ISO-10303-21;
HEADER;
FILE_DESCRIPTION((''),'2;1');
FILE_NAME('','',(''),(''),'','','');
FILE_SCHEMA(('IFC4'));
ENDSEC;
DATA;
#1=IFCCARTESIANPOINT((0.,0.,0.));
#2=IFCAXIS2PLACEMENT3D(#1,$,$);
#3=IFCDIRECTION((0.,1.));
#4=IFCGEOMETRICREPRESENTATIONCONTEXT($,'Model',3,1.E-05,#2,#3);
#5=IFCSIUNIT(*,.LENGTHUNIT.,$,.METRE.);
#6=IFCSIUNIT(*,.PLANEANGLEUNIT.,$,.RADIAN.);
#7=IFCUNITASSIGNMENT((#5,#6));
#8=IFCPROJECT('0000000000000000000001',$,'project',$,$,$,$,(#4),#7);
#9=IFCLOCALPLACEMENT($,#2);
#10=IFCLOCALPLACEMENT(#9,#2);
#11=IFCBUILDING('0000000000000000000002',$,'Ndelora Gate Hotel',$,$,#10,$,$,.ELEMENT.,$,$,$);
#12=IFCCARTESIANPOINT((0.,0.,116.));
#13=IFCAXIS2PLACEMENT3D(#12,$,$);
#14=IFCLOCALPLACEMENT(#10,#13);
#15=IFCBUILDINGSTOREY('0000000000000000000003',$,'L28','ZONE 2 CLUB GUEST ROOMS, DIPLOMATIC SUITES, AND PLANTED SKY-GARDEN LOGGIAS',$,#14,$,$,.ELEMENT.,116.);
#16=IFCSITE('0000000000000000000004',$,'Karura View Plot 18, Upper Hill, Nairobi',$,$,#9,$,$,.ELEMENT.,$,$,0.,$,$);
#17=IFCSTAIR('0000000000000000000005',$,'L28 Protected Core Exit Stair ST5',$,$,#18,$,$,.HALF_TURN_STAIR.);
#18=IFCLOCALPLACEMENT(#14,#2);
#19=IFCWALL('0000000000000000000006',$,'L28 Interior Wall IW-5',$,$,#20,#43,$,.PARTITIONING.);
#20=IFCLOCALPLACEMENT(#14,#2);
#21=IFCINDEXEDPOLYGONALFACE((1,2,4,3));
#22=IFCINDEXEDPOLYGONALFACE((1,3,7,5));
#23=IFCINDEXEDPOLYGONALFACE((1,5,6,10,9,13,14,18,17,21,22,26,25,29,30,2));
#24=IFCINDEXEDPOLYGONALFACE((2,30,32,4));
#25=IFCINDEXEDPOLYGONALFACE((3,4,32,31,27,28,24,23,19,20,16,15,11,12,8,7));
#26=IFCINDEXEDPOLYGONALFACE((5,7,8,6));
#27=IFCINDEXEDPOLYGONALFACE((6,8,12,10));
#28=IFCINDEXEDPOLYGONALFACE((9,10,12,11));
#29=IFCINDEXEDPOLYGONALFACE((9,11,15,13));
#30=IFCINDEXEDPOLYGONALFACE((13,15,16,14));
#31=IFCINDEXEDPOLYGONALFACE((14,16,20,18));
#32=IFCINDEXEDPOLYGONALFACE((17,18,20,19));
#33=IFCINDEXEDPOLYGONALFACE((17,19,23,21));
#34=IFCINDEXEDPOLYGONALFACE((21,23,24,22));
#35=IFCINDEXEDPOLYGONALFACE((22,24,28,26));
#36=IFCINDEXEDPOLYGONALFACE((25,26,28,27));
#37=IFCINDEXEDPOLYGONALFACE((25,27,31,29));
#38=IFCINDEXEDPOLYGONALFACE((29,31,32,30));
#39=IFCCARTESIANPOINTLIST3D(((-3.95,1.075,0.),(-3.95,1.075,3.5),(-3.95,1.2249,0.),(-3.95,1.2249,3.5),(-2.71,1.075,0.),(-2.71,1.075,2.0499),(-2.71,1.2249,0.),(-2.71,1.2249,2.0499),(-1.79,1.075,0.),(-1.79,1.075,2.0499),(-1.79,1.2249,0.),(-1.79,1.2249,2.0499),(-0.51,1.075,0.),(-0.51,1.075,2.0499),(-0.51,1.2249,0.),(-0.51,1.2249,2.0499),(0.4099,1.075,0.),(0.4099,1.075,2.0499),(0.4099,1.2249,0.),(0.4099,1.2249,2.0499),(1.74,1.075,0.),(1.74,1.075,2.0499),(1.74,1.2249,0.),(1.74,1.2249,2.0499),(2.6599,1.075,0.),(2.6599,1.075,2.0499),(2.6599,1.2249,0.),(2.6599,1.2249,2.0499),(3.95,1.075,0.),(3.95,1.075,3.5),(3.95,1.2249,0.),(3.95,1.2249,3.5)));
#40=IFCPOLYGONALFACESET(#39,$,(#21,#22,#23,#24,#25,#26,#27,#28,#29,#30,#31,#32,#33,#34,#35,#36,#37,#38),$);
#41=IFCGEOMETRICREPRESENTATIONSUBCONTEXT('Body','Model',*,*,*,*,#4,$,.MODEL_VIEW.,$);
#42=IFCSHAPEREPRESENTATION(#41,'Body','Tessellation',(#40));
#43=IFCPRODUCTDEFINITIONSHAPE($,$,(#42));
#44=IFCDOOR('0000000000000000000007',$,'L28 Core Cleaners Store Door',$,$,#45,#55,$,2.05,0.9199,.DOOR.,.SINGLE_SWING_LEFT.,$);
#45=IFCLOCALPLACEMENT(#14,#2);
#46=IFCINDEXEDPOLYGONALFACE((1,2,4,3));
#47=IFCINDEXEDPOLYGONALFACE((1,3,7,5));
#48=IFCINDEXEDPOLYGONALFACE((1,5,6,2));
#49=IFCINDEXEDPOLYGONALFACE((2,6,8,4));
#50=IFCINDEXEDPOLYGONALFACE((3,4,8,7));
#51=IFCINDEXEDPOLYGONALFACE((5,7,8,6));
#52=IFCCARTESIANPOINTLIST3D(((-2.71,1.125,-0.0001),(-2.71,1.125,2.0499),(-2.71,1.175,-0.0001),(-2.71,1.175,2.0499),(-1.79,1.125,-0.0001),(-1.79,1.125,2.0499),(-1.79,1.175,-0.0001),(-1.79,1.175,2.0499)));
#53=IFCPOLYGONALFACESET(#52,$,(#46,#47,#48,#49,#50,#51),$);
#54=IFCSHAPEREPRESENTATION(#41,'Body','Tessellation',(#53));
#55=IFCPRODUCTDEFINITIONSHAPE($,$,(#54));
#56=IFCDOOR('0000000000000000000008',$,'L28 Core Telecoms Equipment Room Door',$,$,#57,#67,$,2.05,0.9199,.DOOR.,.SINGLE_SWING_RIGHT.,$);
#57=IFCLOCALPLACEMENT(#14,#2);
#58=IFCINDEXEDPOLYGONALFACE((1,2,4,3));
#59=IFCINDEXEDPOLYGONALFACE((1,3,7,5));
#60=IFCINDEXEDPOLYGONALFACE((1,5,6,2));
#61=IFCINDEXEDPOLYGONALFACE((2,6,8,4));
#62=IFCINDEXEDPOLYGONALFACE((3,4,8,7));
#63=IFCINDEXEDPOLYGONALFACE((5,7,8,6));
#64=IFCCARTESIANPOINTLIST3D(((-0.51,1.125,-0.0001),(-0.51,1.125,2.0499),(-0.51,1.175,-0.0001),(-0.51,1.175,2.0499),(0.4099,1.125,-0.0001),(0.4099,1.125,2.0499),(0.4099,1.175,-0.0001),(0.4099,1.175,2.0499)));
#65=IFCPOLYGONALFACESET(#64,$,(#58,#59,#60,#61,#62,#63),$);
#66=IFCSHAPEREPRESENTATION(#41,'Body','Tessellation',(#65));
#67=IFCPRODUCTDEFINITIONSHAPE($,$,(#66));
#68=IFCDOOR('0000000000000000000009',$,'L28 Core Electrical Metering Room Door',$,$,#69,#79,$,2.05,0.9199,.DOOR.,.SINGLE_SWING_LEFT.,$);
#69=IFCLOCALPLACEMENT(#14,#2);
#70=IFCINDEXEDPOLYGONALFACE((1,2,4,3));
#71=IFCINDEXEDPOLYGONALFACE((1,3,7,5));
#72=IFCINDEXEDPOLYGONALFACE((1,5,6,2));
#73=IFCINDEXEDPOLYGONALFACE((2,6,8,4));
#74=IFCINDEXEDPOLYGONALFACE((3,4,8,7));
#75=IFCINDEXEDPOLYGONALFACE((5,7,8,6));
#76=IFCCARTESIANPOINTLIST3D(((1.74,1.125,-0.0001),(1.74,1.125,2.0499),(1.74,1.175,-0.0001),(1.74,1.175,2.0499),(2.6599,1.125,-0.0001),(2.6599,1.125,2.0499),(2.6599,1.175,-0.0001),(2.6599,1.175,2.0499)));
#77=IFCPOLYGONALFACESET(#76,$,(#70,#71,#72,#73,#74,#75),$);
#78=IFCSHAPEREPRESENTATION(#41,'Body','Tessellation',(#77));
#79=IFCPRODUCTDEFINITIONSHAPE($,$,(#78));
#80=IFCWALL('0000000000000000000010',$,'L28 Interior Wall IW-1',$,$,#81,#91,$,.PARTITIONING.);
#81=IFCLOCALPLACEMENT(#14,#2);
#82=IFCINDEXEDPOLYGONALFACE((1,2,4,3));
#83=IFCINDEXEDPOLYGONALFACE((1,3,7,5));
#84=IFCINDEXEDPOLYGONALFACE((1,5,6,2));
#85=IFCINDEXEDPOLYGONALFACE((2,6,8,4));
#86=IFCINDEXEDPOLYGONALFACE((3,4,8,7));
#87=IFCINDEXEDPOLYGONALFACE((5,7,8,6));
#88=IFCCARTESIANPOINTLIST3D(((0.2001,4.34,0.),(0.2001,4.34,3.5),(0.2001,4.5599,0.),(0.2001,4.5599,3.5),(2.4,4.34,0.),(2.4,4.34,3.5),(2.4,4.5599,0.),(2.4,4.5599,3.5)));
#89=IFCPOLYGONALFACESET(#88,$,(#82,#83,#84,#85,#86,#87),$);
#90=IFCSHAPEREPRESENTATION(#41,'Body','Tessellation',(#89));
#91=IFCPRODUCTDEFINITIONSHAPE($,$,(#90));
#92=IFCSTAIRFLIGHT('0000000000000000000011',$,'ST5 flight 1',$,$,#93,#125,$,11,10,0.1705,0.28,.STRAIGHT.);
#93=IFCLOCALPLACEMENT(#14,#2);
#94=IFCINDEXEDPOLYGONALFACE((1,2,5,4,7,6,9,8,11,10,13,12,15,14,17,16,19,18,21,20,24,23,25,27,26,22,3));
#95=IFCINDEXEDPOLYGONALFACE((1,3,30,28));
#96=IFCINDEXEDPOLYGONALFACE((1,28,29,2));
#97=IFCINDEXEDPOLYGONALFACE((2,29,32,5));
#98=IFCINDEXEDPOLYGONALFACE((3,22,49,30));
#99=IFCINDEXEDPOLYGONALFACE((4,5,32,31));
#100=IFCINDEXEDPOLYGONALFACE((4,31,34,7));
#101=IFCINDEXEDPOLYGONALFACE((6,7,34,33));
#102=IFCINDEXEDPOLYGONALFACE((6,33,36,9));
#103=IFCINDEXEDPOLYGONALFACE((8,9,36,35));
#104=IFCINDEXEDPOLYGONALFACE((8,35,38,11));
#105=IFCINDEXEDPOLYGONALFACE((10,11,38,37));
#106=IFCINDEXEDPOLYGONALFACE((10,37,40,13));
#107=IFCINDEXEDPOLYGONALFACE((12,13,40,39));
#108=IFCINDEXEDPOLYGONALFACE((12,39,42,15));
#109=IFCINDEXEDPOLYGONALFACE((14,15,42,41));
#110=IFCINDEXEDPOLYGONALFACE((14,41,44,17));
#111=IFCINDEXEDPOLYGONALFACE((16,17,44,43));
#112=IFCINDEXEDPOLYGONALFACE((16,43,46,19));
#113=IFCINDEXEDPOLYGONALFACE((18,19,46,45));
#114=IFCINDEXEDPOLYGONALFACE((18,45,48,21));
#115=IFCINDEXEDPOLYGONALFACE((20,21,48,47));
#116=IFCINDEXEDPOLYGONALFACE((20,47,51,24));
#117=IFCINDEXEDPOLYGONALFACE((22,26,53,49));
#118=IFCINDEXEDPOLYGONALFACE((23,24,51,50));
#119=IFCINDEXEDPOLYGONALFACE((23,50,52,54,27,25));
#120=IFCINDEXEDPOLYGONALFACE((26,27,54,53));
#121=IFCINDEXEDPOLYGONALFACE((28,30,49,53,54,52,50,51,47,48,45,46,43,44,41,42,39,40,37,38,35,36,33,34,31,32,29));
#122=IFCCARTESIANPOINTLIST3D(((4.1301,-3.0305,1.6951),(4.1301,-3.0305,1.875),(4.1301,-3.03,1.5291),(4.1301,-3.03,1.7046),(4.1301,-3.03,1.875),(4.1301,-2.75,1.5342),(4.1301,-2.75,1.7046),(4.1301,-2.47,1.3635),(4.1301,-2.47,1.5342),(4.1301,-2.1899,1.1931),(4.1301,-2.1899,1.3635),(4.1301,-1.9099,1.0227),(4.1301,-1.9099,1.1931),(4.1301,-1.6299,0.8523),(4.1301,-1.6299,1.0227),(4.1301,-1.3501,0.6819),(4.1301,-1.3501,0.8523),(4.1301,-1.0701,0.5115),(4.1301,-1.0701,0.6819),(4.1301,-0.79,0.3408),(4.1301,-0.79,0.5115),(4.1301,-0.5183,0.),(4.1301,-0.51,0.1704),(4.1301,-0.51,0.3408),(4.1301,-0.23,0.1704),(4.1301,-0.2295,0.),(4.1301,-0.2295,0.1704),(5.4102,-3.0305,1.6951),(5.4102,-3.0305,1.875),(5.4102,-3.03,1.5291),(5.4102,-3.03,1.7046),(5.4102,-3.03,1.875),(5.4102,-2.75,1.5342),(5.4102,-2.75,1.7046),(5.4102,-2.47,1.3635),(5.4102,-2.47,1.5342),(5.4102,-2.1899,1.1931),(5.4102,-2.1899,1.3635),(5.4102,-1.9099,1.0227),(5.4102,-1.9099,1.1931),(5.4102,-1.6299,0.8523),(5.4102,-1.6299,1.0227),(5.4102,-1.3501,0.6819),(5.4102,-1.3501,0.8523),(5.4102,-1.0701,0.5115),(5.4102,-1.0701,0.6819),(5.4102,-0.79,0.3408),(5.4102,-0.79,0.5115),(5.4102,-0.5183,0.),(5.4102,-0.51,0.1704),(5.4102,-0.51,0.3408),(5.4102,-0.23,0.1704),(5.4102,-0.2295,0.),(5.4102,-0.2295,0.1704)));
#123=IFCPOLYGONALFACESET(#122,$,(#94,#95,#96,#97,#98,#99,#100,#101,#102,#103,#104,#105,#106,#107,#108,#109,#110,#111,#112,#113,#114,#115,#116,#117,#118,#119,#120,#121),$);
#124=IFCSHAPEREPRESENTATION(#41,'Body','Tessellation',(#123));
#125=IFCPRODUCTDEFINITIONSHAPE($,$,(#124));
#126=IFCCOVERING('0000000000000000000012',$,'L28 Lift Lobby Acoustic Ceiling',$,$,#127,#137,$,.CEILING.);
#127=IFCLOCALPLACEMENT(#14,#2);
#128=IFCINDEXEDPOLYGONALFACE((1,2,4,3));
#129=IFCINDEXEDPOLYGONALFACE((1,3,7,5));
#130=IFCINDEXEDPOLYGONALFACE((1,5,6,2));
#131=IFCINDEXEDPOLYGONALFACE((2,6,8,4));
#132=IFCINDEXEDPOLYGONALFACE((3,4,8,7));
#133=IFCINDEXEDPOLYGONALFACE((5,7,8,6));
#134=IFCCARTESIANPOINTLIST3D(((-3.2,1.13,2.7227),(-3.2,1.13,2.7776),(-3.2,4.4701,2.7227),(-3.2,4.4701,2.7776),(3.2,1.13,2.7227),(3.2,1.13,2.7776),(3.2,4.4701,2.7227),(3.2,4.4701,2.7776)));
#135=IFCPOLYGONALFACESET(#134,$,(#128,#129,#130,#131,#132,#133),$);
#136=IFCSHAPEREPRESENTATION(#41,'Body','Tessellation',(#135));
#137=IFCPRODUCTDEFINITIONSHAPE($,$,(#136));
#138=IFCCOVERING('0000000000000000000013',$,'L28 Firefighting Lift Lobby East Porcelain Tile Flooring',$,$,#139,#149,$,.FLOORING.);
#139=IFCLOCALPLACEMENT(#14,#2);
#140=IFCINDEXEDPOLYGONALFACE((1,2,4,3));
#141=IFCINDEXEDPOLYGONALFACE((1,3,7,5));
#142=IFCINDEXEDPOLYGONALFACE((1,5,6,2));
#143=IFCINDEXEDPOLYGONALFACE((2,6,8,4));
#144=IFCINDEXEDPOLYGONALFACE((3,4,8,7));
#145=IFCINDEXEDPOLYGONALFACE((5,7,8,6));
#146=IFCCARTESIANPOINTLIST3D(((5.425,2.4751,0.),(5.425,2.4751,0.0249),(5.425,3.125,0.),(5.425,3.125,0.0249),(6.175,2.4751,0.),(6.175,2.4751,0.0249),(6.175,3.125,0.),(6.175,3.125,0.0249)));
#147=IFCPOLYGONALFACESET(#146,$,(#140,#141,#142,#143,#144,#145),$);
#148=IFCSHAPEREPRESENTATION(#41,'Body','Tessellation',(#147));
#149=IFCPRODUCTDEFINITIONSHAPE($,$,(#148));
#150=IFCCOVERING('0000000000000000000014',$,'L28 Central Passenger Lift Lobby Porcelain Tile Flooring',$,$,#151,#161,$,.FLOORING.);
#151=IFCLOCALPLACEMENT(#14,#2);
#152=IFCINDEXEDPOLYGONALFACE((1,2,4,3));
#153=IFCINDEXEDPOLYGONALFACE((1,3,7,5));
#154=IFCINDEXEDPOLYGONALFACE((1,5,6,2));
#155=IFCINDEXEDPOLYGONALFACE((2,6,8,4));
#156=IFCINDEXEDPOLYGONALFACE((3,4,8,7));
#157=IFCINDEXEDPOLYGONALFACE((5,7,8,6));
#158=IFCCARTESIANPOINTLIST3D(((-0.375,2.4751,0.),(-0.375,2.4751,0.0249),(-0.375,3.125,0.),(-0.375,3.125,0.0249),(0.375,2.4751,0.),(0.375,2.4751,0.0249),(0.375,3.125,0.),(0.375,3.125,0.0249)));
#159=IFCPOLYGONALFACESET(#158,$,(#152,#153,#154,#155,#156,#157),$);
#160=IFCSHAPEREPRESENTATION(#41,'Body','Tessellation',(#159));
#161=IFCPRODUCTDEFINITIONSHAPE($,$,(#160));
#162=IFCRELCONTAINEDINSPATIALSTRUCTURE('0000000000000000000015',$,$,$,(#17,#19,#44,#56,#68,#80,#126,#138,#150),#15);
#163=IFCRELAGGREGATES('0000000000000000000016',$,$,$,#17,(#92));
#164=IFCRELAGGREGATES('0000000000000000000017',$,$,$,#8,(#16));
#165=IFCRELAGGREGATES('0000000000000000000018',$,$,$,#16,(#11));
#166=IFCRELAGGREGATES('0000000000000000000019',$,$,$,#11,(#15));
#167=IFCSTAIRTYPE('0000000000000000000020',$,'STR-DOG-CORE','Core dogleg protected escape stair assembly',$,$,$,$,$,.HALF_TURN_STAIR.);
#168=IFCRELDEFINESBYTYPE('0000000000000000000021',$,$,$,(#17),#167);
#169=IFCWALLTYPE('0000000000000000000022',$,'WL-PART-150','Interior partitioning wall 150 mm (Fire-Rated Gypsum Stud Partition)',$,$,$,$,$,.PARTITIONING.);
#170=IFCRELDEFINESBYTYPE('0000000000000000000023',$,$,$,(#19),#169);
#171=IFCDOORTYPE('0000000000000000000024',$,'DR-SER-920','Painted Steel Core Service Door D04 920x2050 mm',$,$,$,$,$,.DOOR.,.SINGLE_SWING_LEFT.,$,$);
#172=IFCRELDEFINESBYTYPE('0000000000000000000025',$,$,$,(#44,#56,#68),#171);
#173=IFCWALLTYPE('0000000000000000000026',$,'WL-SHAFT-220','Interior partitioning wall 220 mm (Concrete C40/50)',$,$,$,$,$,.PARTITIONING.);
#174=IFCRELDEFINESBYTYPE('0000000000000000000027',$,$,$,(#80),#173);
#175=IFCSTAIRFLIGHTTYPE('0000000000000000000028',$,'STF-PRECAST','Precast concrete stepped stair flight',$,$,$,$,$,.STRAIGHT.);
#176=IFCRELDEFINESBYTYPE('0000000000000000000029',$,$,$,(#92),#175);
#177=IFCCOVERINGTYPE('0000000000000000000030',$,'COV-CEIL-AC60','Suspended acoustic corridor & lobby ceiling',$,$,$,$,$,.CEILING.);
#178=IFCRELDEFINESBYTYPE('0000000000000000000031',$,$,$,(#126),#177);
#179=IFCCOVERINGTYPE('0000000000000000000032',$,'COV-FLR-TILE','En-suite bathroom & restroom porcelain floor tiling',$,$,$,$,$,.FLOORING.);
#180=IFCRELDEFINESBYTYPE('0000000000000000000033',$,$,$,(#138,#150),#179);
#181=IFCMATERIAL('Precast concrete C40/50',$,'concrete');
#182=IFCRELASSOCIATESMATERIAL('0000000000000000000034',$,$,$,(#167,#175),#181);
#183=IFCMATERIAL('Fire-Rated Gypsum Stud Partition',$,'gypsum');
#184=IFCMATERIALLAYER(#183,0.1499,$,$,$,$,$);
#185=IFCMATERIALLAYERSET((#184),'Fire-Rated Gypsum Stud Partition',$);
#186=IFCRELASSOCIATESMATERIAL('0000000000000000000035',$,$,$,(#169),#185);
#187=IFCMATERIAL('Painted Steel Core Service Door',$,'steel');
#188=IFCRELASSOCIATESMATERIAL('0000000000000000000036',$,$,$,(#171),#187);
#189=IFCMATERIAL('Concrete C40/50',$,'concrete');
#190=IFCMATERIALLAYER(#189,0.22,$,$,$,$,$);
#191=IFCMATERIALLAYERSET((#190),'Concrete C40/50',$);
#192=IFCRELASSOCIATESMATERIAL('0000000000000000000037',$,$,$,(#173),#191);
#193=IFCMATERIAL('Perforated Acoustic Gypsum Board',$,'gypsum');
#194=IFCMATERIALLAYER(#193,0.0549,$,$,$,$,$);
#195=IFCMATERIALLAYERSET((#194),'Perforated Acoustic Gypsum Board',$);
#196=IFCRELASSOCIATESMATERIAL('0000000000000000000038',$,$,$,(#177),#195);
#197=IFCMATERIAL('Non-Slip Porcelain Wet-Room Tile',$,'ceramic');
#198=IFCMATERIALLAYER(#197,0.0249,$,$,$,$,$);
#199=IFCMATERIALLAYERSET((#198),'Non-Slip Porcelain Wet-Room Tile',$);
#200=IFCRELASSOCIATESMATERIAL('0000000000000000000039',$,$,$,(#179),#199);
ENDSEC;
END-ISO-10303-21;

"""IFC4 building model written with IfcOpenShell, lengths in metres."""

from ifc_helpers import new_model, si_unit, direction, frame, frame_2d, origin, origin_2d, place, context, subcontext, project, spatial, polyline, rectangle, outline, extrude, material, layer, layer_set, type_object, element, fill, aggregate, save


model = new_model("IFC4")

# Units and contexts
model_context = context("Model", 3, precision=1e-05, world=origin(), true_north=direction((0.0, 1.0)))
body_context = subcontext(model_context, "Body", "Model", "MODEL_VIEW")
ifc_project = project(units=[si_unit("LENGTHUNIT", "METRE"), si_unit("PLANEANGLEUNIT", "RADIAN")], contexts=[model_context])

# Site, building, storey
site_placement = place(None, origin())
site = spatial("IfcSite", under=ifc_project, at=site_placement, Name="Karura View Plot 18, Upper Hill, Nairobi", CompositionType="ELEMENT", RefElevation=0.0)
building_placement = place(site_placement, origin())
building = spatial("IfcBuilding", under=site, at=building_placement, Name="Ndelora Gate Hotel", CompositionType="ELEMENT")
storey_placement = place(building_placement, frame((0.0, 0.0, 116.0)))
storey = spatial("IfcBuildingStorey", under=building, at=storey_placement, Name="L28", Description="ZONE 2 CLUB GUEST ROOMS, DIPLOMATIC SUITES, AND PLANTED SKY-GARDEN LOGGIAS", CompositionType="ELEMENT", Elevation=116.0)

# Stair
ifc_material_1 = material(Name="Precast concrete C40/50", Category="concrete")
stair_type = type_object("IfcStairType", Name="STR-DOG-CORE", Description="Core dogleg protected escape stair assembly", PredefinedType="HALF_TURN_STAIR", material=ifc_material_1)
stair_1_placement = place(storey_placement, origin())
stair_1 = element("IfcStair", 1, at=stair_1_placement, inside=storey, type_object=stair_type, Name="L28 Protected Core Exit Stair ST5", PredefinedType="HALF_TURN_STAIR")

# Shared definitions
ifc_material_2 = material(Name="Concrete C40/50", Category="concrete")

# Wall, openings, doors
ifc_material_3 = material(Name="Fire-Rated Gypsum Stud Partition", Category="gypsum")
ifc_layer_1 = layer(ifc_material_3, 0.1499)
ifc_layer_set_1 = layer_set([ifc_layer_1], Name="Fire-Rated Gypsum Stud Partition")
wall_type_1 = type_object("IfcWallType", Name="WL-PART-150", Description="Interior partitioning wall 150 mm (Fire-Rated Gypsum Stud Partition)", PredefinedType="PARTITIONING", material=ifc_layer_set_1)
wall_1_placement = place(storey_placement, frame((3.95, 1.1499, 0.0), z_axis=(0.0, 0.0, 1.0), x_axis=(-1.0, 0.0, 0.0)))
wall_1 = element("IfcWall", 2, at=wall_1_placement, inside=storey, type_object=wall_type_1, Name="L28 Interior Wall IW-5", PredefinedType="PARTITIONING", context=body_context, shape_type="SweptSolid", body=[
    extrude(rectangle(XDim=7.8999, YDim=0.1499, at=frame_2d((3.95, 0.0))), origin(), (0.0, 0.0, 1.0), 3.5),
])
opening_1_placement = place(wall_1_placement, frame((5.74, 0.0, 0.0)))
opening_1 = element("IfcOpeningElement", 3, at=opening_1_placement, cuts=wall_1, PredefinedType="OPENING", context=body_context, shape_type="SweptSolid", body=[
    extrude(rectangle(XDim=0.9199, YDim=2.05, at=frame_2d((0.46, 1.0249))), frame((0.0, 0.085, 0.0), z_axis=(0.0, -1.0, 0.0), x_axis=(1.0, 0.0, 0.0)), (0.0, 0.0, 1.0), 0.1699),
])
opening_2_placement = place(wall_1_placement, frame((3.54, 0.0, 0.0)))
opening_2 = element("IfcOpeningElement", 4, at=opening_2_placement, cuts=wall_1, PredefinedType="OPENING", context=body_context, shape_type="SweptSolid", body=[
    extrude(rectangle(XDim=0.9199, YDim=2.05, at=frame_2d((0.46, 1.0249))), frame((0.0, 0.085, 0.0), z_axis=(0.0, -1.0, 0.0), x_axis=(1.0, 0.0, 0.0)), (0.0, 0.0, 1.0), 0.1699),
])
opening_3_placement = place(wall_1_placement, frame((1.29, 0.0, 0.0)))
opening_3 = element("IfcOpeningElement", 5, at=opening_3_placement, cuts=wall_1, PredefinedType="OPENING", context=body_context, shape_type="SweptSolid", body=[
    extrude(rectangle(XDim=0.9199, YDim=2.05, at=frame_2d((0.46, 1.0249))), frame((0.0, 0.085, 0.0), z_axis=(0.0, -1.0, 0.0), x_axis=(1.0, 0.0, 0.0)), (0.0, 0.0, 1.0), 0.1699),
])
ifc_material_4 = material(Name="Painted Steel Core Service Door", Category="steel")
door_type_1 = type_object("IfcDoorType", Name="DR-SER-920", Description="Painted Steel Core Service Door D04 920x2050 mm", OperationType="SINGLE_SWING_LEFT", PredefinedType="DOOR", material=ifc_material_4)
door_1_placement = place(opening_1_placement, origin())
door_1 = element("IfcDoor", 6, at=door_1_placement, inside=storey, type_object=door_type_1, Name="L28 Core Cleaners Store Door", OperationType="SINGLE_SWING_LEFT", OverallHeight=2.05, OverallWidth=0.9199, PredefinedType="DOOR", context=body_context, shape_type="SweptSolid", body=[
    extrude(rectangle(XDim=0.9199, YDim=2.05, at=frame_2d((0.46, 1.0249))), frame((0.0, 0.0249, 0.0), z_axis=(0.0, -1.0, 0.0), x_axis=(1.0, 0.0, 0.0)), (0.0, 0.0, 1.0), 0.05),
])
fill(opening_1, door_1)
door_2_placement = place(opening_2_placement, origin())
door_2 = element("IfcDoor", 7, at=door_2_placement, inside=storey, type_object=door_type_1, Name="L28 Core Telecoms Equipment Room Door", OperationType="SINGLE_SWING_RIGHT", OverallHeight=2.05, OverallWidth=0.9199, PredefinedType="DOOR", context=body_context, shape_type="SweptSolid", body=[
    extrude(rectangle(XDim=0.9199, YDim=2.05, at=frame_2d((0.46, 1.0249))), frame((0.0, 0.0249, 0.0), z_axis=(0.0, -1.0, 0.0), x_axis=(1.0, 0.0, 0.0)), (0.0, 0.0, 1.0), 0.05),
])
fill(opening_2, door_2)
door_3_placement = place(opening_3_placement, origin())
door_3 = element("IfcDoor", 8, at=door_3_placement, inside=storey, type_object=door_type_1, Name="L28 Core Electrical Metering Room Door", OperationType="SINGLE_SWING_LEFT", OverallHeight=2.05, OverallWidth=0.9199, PredefinedType="DOOR", context=body_context, shape_type="SweptSolid", body=[
    extrude(rectangle(XDim=0.9199, YDim=2.05, at=frame_2d((0.46, 1.0249))), frame((0.0, 0.0249, 0.0), z_axis=(0.0, -1.0, 0.0), x_axis=(1.0, 0.0, 0.0)), (0.0, 0.0, 1.0), 0.05),
])
fill(opening_3, door_3)

# Shared definitions
ifc_layer_2 = layer(ifc_material_2, 0.22)
ifc_layer_set_2 = layer_set([ifc_layer_2], Name="Concrete C40/50")
wall_type_2 = type_object("IfcWallType", Name="WL-SHAFT-220", Description="Interior partitioning wall 220 mm (Concrete C40/50)", PredefinedType="PARTITIONING", material=ifc_layer_set_2)

# Wall
wall_2_placement = place(storey_placement, frame((0.2, 4.45, 0.0), z_axis=(0.0, 0.0, 1.0), x_axis=(1.0, 0.0, 0.0)))
element("IfcWall", 9, at=wall_2_placement, inside=storey, type_object=wall_type_2, Name="L28 Interior Wall IW-1", PredefinedType="PARTITIONING", context=body_context, shape_type="SweptSolid", body=[
    extrude(rectangle(XDim=2.2, YDim=0.22, at=frame_2d((1.1001, 0.0))), origin(), (0.0, 0.0, 1.0), 3.5),
])

# Stair flight
stair_flight_type = type_object("IfcStairFlightType", Name="STF-PRECAST", Description="Precast concrete stepped stair flight", PredefinedType="STRAIGHT", material=ifc_material_1)
stair_flight_placement = place(storey_placement, frame((4.77, -0.23, 0.0), z_axis=(0.0, 0.0, 1.0), x_axis=(0.0, -1.0, 0.0)))
stair_flight = element("IfcStairFlight", 10, at=stair_flight_placement, type_object=stair_flight_type, Name="ST5 flight 1", NumberOfRisers=11, NumberOfTreads=10, PredefinedType="STRAIGHT", RiserHeight=0.1705, TreadLength=0.28, context=body_context, shape_type="SweptSolid", body=[
    extrude(outline(polyline([(-0.0005, 0.0), (-0.0005, 0.1704), (0.0, 0.1704), (0.28, 0.1704), (0.28, 0.3408), (0.5601, 0.3408), (0.5601, 0.5115), (0.8401, 0.5115), (0.8401, 0.6819), (1.1201, 0.6819), (1.1201, 0.8523), (1.3999, 0.8523), (1.3999, 1.0227), (1.6799, 1.0227), (1.6799, 1.1931), (1.96, 1.1931), (1.96, 1.3635), (2.24, 1.3635), (2.24, 1.5342), (2.52, 1.5342), (2.52, 1.7046), (2.8, 1.7046), (2.8, 1.875), (2.8005, 1.875), (2.8005, 1.6951), (2.8, 1.5291), (0.2883, 0.0), (-0.0005, 0.0)])), frame((0.0, 0.6401, 0.0), z_axis=(0.0, -1.0, 0.0), x_axis=(1.0, 0.0, 0.0)), (0.0, 0.0, 1.0), 1.28),
])
aggregate(stair_1, [stair_flight])

# Coverings
ifc_material_5 = material(Name="Perforated Acoustic Gypsum Board", Category="gypsum")
ifc_layer_3 = layer(ifc_material_5, 0.0549)
ifc_layer_set_3 = layer_set([ifc_layer_3], Name="Perforated Acoustic Gypsum Board")
covering_type_1 = type_object("IfcCoveringType", Name="COV-CEIL-AC60", Description="Suspended acoustic corridor & lobby ceiling", PredefinedType="CEILING", material=ifc_layer_set_3)
covering_placement = place(storey_placement, frame((0.0, 2.8, 2.7227), z_axis=(0.0, 0.0, 1.0), x_axis=(1.0, 0.0, 0.0)))
element("IfcCovering", 11, at=covering_placement, inside=storey, type_object=covering_type_1, Name="L28 Lift Lobby Acoustic Ceiling", PredefinedType="CEILING", context=body_context, shape_type="SweptSolid", body=[
    extrude(rectangle(XDim=6.3999, YDim=3.3401, at=origin_2d()), origin(), (0.0, 0.0, 1.0), 0.0549),
])
ifc_material_6 = material(Name="Non-Slip Porcelain Wet-Room Tile", Category="ceramic")
ifc_layer_4 = layer(ifc_material_6, 0.0249)
ifc_layer_set_4 = layer_set([ifc_layer_4], Name="Non-Slip Porcelain Wet-Room Tile")
covering_type_2 = type_object("IfcCoveringType", Name="COV-FLR-TILE", Description="En-suite bathroom & restroom porcelain floor tiling", PredefinedType="FLOORING", material=ifc_layer_set_4)
for number, where, z_axis, x_axis, name in (
    (12, (5.8, 2.8, 0.0), (0.0, 0.0, 1.0), (1.0, 0.0, 0.0), "L28 Firefighting Lift Lobby East Porcelain Tile Flooring"),
    (13, (0.0, 2.8, 0.0), (0.0, 0.0, 1.0), (1.0, 0.0, 0.0), "L28 Central Passenger Lift Lobby Porcelain Tile Flooring"),
):
    element("IfcCovering", number, at=place(storey_placement, frame(where, z_axis=z_axis, x_axis=x_axis)), inside=storey, type_object=covering_type_2, Name=name, PredefinedType="FLOORING", context=body_context, shape_type="SweptSolid", body=[
        extrude(rectangle(XDim=0.75, YDim=0.6499, at=origin_2d()), origin(), (0.0, 0.0, 1.0), 0.0249),
    ])

save(model, "model.ifc")
